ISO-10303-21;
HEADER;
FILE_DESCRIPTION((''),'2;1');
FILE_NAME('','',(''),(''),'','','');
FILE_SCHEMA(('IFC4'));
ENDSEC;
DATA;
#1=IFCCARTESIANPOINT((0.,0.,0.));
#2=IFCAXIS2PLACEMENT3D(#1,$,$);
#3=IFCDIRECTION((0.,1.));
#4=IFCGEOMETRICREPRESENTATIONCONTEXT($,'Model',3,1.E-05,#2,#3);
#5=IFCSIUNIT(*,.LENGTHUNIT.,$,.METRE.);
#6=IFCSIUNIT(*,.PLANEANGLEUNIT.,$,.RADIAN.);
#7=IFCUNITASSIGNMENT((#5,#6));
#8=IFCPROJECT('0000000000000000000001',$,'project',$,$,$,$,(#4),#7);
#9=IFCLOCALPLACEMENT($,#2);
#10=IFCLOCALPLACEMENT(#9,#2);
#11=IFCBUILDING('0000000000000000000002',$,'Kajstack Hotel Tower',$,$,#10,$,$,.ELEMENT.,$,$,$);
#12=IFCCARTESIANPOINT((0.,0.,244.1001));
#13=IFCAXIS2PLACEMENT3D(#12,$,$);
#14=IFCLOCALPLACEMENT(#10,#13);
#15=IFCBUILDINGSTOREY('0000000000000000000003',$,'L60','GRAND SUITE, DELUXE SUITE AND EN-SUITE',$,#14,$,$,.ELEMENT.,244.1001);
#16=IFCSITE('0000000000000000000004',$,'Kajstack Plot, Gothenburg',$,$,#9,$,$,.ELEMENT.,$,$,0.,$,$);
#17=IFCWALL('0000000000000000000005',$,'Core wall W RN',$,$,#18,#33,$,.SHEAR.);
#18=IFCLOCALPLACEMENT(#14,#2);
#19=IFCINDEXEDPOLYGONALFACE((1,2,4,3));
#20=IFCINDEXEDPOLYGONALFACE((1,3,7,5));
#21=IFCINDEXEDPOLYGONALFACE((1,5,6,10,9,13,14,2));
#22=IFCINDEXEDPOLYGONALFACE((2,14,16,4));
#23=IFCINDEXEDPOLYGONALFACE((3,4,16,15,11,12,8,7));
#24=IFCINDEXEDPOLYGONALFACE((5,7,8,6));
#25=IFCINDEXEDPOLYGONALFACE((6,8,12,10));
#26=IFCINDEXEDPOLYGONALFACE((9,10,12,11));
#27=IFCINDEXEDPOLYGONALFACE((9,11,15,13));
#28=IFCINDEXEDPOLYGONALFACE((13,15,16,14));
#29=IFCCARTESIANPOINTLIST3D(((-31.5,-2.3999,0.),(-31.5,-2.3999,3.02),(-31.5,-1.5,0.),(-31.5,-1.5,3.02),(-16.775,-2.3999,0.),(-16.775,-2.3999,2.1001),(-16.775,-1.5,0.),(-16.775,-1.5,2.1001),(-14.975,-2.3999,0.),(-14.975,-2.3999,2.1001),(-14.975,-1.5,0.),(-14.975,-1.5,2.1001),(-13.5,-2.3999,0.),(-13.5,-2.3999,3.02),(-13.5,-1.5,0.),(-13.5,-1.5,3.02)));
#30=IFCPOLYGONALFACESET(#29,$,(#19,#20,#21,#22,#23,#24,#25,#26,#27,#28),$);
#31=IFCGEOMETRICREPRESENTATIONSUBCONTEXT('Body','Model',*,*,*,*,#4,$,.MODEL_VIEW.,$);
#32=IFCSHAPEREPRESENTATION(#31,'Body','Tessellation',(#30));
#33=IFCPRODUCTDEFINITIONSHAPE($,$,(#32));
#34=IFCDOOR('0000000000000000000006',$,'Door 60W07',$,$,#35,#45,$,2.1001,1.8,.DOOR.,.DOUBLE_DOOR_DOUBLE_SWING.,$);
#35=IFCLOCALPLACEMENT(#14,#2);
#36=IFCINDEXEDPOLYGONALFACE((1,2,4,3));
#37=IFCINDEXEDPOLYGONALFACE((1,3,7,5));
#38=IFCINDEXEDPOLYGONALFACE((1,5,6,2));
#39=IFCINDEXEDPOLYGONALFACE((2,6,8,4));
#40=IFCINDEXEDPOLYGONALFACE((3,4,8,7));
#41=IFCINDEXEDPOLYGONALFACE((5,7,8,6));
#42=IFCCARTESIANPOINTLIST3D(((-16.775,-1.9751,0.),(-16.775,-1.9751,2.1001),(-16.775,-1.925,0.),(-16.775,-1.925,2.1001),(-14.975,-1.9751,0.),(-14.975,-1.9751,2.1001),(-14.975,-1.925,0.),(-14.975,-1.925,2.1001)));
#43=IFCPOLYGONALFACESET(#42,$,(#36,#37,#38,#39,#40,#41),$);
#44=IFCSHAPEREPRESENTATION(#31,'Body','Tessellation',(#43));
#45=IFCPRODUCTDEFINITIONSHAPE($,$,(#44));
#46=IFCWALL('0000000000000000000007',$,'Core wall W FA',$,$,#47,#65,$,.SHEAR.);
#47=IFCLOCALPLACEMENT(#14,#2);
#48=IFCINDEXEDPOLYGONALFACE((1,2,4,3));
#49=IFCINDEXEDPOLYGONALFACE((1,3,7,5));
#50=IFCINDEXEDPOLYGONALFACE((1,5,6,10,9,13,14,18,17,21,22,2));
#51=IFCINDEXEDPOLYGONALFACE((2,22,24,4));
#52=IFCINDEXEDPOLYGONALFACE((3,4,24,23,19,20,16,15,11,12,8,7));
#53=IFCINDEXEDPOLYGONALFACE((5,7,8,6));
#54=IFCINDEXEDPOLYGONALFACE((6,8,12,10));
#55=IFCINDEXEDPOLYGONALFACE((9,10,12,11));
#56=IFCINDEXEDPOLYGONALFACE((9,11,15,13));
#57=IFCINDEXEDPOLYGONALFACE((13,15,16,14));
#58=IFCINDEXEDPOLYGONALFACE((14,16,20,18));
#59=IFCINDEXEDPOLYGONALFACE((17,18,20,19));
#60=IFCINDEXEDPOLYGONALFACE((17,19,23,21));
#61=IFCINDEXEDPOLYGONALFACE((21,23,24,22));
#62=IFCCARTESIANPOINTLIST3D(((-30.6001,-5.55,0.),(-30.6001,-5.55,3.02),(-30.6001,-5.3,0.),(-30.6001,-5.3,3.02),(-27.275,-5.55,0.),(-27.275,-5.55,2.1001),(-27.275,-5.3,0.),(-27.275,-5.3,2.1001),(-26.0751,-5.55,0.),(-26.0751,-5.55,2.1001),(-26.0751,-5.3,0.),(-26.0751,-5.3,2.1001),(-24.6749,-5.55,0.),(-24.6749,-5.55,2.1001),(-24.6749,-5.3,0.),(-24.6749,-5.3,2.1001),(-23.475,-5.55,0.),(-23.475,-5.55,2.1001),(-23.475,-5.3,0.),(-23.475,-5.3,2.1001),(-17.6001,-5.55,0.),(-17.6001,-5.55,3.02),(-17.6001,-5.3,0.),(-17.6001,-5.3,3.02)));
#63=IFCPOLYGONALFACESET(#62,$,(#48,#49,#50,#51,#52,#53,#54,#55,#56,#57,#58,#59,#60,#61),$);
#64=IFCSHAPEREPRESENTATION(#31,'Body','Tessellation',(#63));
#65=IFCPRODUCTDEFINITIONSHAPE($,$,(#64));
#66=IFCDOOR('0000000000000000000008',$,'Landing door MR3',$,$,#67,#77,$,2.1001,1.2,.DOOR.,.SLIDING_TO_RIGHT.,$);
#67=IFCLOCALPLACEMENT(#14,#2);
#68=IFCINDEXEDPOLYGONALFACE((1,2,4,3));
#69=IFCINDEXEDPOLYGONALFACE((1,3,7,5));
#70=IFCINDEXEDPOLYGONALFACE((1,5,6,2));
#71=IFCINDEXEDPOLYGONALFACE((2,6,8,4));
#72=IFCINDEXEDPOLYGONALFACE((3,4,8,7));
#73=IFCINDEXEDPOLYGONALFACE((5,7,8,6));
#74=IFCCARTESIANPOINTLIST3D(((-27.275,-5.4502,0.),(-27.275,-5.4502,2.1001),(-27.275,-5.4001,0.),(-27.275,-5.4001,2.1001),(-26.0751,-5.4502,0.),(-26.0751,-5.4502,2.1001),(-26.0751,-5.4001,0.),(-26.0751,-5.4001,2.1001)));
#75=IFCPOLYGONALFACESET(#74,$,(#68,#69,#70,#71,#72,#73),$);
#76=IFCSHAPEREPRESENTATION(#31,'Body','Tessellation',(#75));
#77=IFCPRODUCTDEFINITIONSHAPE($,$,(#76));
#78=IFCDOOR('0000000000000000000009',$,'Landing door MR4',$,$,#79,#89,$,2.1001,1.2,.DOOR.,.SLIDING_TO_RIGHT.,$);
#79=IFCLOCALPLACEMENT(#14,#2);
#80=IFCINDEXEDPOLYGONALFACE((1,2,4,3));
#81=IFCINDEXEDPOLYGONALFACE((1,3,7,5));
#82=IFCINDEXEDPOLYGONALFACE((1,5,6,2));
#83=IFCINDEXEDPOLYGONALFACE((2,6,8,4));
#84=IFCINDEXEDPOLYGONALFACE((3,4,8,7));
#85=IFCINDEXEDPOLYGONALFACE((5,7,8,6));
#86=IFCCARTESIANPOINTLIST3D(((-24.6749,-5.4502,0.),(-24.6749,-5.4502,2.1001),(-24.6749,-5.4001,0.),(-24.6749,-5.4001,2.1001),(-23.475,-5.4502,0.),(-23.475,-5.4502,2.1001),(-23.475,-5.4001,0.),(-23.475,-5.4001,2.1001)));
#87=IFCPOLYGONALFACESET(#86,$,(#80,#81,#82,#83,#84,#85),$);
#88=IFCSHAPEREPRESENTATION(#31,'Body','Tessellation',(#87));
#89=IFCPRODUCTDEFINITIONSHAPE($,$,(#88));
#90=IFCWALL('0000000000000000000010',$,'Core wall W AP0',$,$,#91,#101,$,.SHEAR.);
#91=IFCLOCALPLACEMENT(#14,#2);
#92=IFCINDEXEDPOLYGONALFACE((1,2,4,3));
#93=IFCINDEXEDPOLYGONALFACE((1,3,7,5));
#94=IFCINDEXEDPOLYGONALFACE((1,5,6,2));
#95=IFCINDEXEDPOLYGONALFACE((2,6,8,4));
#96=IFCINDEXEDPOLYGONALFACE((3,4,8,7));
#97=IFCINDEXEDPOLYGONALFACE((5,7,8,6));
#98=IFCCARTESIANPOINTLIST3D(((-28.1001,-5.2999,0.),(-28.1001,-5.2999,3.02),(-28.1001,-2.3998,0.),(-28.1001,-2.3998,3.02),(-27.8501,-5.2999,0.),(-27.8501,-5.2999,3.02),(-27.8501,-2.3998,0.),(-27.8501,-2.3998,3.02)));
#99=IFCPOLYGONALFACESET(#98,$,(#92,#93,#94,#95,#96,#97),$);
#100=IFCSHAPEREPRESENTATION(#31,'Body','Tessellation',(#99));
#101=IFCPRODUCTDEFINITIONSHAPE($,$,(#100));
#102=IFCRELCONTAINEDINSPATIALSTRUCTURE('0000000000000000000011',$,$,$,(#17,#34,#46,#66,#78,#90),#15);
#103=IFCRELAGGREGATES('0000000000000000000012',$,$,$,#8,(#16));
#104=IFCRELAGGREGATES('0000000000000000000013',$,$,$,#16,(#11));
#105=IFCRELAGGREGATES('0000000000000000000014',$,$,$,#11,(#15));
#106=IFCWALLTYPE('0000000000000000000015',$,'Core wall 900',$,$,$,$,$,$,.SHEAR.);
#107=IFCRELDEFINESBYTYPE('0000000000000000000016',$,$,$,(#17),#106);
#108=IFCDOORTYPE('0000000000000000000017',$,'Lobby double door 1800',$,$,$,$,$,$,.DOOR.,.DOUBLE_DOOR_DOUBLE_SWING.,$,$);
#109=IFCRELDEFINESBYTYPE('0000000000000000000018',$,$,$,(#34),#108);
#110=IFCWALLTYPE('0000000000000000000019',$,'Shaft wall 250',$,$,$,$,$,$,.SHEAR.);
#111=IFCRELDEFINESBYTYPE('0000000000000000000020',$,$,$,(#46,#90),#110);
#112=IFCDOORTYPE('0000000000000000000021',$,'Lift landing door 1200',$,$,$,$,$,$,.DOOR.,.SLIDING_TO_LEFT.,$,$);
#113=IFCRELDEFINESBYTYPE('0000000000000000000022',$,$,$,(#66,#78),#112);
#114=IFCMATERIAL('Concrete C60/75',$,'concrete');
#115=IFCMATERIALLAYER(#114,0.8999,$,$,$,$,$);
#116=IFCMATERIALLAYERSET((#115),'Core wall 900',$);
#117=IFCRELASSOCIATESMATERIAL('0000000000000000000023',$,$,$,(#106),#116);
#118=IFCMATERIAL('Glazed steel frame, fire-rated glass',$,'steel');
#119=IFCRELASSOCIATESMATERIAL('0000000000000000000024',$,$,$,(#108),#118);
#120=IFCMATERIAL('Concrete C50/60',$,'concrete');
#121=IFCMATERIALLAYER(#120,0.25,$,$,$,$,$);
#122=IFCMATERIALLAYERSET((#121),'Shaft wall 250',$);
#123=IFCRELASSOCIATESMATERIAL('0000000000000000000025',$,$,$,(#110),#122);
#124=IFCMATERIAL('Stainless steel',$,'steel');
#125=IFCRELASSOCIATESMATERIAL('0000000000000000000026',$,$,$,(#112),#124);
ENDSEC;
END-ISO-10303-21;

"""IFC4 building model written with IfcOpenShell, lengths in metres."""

from ifc_helpers import new_model, si_unit, direction, frame, frame_2d, origin, place, context, subcontext, project, spatial, rectangle, extrude, material, layer, layer_set, type_object, element, fill, save


model = new_model("IFC4")

# Units and contexts
model_context = context("Model", 3, precision=1e-05, world=origin(), true_north=direction((0.0, 1.0)))
body_context = subcontext(model_context, "Body", "Model", "MODEL_VIEW")
ifc_project = project(units=[si_unit("LENGTHUNIT", "METRE"), si_unit("PLANEANGLEUNIT", "RADIAN")], contexts=[model_context])

# Site, building, storey
site_placement = place(None, origin())
site = spatial("IfcSite", under=ifc_project, at=site_placement, Name="Kajstack Plot, Gothenburg", CompositionType="ELEMENT", RefElevation=0.0)
building_placement = place(site_placement, origin())
building = spatial("IfcBuilding", under=site, at=building_placement, Name="Kajstack Hotel Tower", CompositionType="ELEMENT")
storey_placement = place(building_placement, frame((0.0, 0.0, 244.1001)))
storey = spatial("IfcBuildingStorey", under=building, at=storey_placement, Name="L60", Description="GRAND SUITE, DELUXE SUITE AND EN-SUITE", CompositionType="ELEMENT", Elevation=244.1001)

# Wall, opening, door
ifc_material_1 = material(Name="Concrete C60/75", Category="concrete")
ifc_layer_1 = layer(ifc_material_1, 0.8999)
ifc_layer_set_1 = layer_set([ifc_layer_1], Name="Core wall 900")
wall_type_1 = type_object("IfcWallType", Name="Core wall 900", PredefinedType="SHEAR", material=ifc_layer_set_1)
wall_1_placement = place(storey_placement, frame((-31.5, -1.95, 0.0), z_axis=(0.0, 0.0, 1.0), x_axis=(1.0, 0.0, 0.0)))
wall_1 = element("IfcWall", 1, at=wall_1_placement, inside=storey, type_object=wall_type_1, Name="Core wall W RN", PredefinedType="SHEAR", context=body_context, shape_type="SweptSolid", body=[
    extrude(rectangle(XDim=18.0, YDim=0.8999, at=frame_2d((9.0, 0.0))), origin(), (0.0, 0.0, 1.0), 3.02),
])
opening_1_placement = place(wall_1_placement, frame((14.7251, 0.0, 0.0)))
opening_1 = element("IfcOpeningElement", 2, at=opening_1_placement, cuts=wall_1, PredefinedType="OPENING", context=body_context, shape_type="SweptSolid", body=[
    extrude(rectangle(XDim=1.8, YDim=2.1001, at=frame_2d((0.8999, 1.05))), frame((0.0, 0.46, 0.0), z_axis=(0.0, -1.0, 0.0), x_axis=(1.0, 0.0, 0.0)), (0.0, 0.0, 1.0), 0.9199),
])
ifc_material_2 = material(Name="Glazed steel frame, fire-rated glass", Category="steel")
door_type_1 = type_object("IfcDoorType", Name="Lobby double door 1800", OperationType="DOUBLE_DOOR_DOUBLE_SWING", PredefinedType="DOOR", material=ifc_material_2)
door_1_placement = place(opening_1_placement, origin())
door_1 = element("IfcDoor", 3, at=door_1_placement, inside=storey, type_object=door_type_1, Name="Door 60W07", OperationType="DOUBLE_DOOR_DOUBLE_SWING", OverallHeight=2.1001, OverallWidth=1.8, PredefinedType="DOOR", context=body_context, shape_type="SweptSolid", body=[
    extrude(rectangle(XDim=1.8, YDim=2.1001, at=frame_2d((0.8999, 1.05))), frame((0.0, 0.0249, 0.0), z_axis=(0.0, -1.0, 0.0), x_axis=(1.0, 0.0, 0.0)), (0.0, 0.0, 1.0), 0.05),
])
fill(opening_1, door_1)

# Wall, openings, doors
ifc_material_3 = material(Name="Concrete C50/60", Category="concrete")
ifc_layer_2 = layer(ifc_material_3, 0.25)
ifc_layer_set_2 = layer_set([ifc_layer_2], Name="Shaft wall 250")
wall_type_2 = type_object("IfcWallType", Name="Shaft wall 250", PredefinedType="SHEAR", material=ifc_layer_set_2)
wall_2_placement = place(storey_placement, frame((-30.6001, -5.425, 0.0), z_axis=(0.0, 0.0, 1.0), x_axis=(1.0, 0.0, 0.0)))
wall_2 = element("IfcWall", 4, at=wall_2_placement, inside=storey, type_object=wall_type_2, Name="Core wall W FA", PredefinedType="SHEAR", context=body_context, shape_type="SweptSolid", body=[
    extrude(rectangle(XDim=13.0, YDim=0.25, at=frame_2d((6.5, 0.0))), origin(), (0.0, 0.0, 1.0), 3.02),
])
opening_2_placement = place(wall_2_placement, frame((3.325, 0.0, 0.0)))
opening_2 = element("IfcOpeningElement", 5, at=opening_2_placement, cuts=wall_2, PredefinedType="OPENING", context=body_context, shape_type="SweptSolid", body=[
    extrude(rectangle(XDim=1.2, YDim=2.1001, at=frame_2d((0.6001, 1.05))), frame((0.0, 0.135, 0.0), z_axis=(0.0, -1.0, 0.0), x_axis=(1.0, 0.0, 0.0)), (0.0, 0.0, 1.0), 0.27),
])
opening_3_placement = place(wall_2_placement, frame((5.925, 0.0, 0.0)))
opening_3 = element("IfcOpeningElement", 6, at=opening_3_placement, cuts=wall_2, PredefinedType="OPENING", context=body_context, shape_type="SweptSolid", body=[
    extrude(rectangle(XDim=1.2, YDim=2.1001, at=frame_2d((0.6001, 1.05))), frame((0.0, 0.135, 0.0), z_axis=(0.0, -1.0, 0.0), x_axis=(1.0, 0.0, 0.0)), (0.0, 0.0, 1.0), 0.27),
])
ifc_material_4 = material(Name="Stainless steel", Category="steel")
door_type_2 = type_object("IfcDoorType", Name="Lift landing door 1200", OperationType="SLIDING_TO_LEFT", PredefinedType="DOOR", material=ifc_material_4)
door_2_placement = place(opening_2_placement, origin())
door_2 = element("IfcDoor", 7, at=door_2_placement, inside=storey, type_object=door_type_2, Name="Landing door MR3", OperationType="SLIDING_TO_RIGHT", OverallHeight=2.1001, OverallWidth=1.2, PredefinedType="DOOR", context=body_context, shape_type="SweptSolid", body=[
    extrude(rectangle(XDim=1.2, YDim=2.1001, at=frame_2d((0.6001, 1.05))), frame((0.0, 0.0249, 0.0), z_axis=(0.0, -1.0, 0.0), x_axis=(1.0, 0.0, 0.0)), (0.0, 0.0, 1.0), 0.05),
])
fill(opening_2, door_2)
door_3_placement = place(opening_3_placement, origin())
door_3 = element("IfcDoor", 8, at=door_3_placement, inside=storey, type_object=door_type_2, Name="Landing door MR4", OperationType="SLIDING_TO_RIGHT", OverallHeight=2.1001, OverallWidth=1.2, PredefinedType="DOOR", context=body_context, shape_type="SweptSolid", body=[
    extrude(rectangle(XDim=1.2, YDim=2.1001, at=frame_2d((0.6001, 1.05))), frame((0.0, 0.0249, 0.0), z_axis=(0.0, -1.0, 0.0), x_axis=(1.0, 0.0, 0.0)), (0.0, 0.0, 1.0), 0.05),
])
fill(opening_3, door_3)

# Wall
wall_3_placement = place(storey_placement, frame((-27.9751, -5.3, 0.0), z_axis=(0.0, 0.0, 1.0), x_axis=(0.0, 1.0, 0.0)))
element("IfcWall", 9, at=wall_3_placement, inside=storey, type_object=wall_type_2, Name="Core wall W AP0", PredefinedType="SHEAR", context=body_context, shape_type="SweptSolid", body=[
    extrude(rectangle(XDim=2.9001, YDim=0.25, at=frame_2d((1.4502, 0.0))), origin(), (0.0, 0.0, 1.0), 3.02),
])

save(model, "model.ifc")
